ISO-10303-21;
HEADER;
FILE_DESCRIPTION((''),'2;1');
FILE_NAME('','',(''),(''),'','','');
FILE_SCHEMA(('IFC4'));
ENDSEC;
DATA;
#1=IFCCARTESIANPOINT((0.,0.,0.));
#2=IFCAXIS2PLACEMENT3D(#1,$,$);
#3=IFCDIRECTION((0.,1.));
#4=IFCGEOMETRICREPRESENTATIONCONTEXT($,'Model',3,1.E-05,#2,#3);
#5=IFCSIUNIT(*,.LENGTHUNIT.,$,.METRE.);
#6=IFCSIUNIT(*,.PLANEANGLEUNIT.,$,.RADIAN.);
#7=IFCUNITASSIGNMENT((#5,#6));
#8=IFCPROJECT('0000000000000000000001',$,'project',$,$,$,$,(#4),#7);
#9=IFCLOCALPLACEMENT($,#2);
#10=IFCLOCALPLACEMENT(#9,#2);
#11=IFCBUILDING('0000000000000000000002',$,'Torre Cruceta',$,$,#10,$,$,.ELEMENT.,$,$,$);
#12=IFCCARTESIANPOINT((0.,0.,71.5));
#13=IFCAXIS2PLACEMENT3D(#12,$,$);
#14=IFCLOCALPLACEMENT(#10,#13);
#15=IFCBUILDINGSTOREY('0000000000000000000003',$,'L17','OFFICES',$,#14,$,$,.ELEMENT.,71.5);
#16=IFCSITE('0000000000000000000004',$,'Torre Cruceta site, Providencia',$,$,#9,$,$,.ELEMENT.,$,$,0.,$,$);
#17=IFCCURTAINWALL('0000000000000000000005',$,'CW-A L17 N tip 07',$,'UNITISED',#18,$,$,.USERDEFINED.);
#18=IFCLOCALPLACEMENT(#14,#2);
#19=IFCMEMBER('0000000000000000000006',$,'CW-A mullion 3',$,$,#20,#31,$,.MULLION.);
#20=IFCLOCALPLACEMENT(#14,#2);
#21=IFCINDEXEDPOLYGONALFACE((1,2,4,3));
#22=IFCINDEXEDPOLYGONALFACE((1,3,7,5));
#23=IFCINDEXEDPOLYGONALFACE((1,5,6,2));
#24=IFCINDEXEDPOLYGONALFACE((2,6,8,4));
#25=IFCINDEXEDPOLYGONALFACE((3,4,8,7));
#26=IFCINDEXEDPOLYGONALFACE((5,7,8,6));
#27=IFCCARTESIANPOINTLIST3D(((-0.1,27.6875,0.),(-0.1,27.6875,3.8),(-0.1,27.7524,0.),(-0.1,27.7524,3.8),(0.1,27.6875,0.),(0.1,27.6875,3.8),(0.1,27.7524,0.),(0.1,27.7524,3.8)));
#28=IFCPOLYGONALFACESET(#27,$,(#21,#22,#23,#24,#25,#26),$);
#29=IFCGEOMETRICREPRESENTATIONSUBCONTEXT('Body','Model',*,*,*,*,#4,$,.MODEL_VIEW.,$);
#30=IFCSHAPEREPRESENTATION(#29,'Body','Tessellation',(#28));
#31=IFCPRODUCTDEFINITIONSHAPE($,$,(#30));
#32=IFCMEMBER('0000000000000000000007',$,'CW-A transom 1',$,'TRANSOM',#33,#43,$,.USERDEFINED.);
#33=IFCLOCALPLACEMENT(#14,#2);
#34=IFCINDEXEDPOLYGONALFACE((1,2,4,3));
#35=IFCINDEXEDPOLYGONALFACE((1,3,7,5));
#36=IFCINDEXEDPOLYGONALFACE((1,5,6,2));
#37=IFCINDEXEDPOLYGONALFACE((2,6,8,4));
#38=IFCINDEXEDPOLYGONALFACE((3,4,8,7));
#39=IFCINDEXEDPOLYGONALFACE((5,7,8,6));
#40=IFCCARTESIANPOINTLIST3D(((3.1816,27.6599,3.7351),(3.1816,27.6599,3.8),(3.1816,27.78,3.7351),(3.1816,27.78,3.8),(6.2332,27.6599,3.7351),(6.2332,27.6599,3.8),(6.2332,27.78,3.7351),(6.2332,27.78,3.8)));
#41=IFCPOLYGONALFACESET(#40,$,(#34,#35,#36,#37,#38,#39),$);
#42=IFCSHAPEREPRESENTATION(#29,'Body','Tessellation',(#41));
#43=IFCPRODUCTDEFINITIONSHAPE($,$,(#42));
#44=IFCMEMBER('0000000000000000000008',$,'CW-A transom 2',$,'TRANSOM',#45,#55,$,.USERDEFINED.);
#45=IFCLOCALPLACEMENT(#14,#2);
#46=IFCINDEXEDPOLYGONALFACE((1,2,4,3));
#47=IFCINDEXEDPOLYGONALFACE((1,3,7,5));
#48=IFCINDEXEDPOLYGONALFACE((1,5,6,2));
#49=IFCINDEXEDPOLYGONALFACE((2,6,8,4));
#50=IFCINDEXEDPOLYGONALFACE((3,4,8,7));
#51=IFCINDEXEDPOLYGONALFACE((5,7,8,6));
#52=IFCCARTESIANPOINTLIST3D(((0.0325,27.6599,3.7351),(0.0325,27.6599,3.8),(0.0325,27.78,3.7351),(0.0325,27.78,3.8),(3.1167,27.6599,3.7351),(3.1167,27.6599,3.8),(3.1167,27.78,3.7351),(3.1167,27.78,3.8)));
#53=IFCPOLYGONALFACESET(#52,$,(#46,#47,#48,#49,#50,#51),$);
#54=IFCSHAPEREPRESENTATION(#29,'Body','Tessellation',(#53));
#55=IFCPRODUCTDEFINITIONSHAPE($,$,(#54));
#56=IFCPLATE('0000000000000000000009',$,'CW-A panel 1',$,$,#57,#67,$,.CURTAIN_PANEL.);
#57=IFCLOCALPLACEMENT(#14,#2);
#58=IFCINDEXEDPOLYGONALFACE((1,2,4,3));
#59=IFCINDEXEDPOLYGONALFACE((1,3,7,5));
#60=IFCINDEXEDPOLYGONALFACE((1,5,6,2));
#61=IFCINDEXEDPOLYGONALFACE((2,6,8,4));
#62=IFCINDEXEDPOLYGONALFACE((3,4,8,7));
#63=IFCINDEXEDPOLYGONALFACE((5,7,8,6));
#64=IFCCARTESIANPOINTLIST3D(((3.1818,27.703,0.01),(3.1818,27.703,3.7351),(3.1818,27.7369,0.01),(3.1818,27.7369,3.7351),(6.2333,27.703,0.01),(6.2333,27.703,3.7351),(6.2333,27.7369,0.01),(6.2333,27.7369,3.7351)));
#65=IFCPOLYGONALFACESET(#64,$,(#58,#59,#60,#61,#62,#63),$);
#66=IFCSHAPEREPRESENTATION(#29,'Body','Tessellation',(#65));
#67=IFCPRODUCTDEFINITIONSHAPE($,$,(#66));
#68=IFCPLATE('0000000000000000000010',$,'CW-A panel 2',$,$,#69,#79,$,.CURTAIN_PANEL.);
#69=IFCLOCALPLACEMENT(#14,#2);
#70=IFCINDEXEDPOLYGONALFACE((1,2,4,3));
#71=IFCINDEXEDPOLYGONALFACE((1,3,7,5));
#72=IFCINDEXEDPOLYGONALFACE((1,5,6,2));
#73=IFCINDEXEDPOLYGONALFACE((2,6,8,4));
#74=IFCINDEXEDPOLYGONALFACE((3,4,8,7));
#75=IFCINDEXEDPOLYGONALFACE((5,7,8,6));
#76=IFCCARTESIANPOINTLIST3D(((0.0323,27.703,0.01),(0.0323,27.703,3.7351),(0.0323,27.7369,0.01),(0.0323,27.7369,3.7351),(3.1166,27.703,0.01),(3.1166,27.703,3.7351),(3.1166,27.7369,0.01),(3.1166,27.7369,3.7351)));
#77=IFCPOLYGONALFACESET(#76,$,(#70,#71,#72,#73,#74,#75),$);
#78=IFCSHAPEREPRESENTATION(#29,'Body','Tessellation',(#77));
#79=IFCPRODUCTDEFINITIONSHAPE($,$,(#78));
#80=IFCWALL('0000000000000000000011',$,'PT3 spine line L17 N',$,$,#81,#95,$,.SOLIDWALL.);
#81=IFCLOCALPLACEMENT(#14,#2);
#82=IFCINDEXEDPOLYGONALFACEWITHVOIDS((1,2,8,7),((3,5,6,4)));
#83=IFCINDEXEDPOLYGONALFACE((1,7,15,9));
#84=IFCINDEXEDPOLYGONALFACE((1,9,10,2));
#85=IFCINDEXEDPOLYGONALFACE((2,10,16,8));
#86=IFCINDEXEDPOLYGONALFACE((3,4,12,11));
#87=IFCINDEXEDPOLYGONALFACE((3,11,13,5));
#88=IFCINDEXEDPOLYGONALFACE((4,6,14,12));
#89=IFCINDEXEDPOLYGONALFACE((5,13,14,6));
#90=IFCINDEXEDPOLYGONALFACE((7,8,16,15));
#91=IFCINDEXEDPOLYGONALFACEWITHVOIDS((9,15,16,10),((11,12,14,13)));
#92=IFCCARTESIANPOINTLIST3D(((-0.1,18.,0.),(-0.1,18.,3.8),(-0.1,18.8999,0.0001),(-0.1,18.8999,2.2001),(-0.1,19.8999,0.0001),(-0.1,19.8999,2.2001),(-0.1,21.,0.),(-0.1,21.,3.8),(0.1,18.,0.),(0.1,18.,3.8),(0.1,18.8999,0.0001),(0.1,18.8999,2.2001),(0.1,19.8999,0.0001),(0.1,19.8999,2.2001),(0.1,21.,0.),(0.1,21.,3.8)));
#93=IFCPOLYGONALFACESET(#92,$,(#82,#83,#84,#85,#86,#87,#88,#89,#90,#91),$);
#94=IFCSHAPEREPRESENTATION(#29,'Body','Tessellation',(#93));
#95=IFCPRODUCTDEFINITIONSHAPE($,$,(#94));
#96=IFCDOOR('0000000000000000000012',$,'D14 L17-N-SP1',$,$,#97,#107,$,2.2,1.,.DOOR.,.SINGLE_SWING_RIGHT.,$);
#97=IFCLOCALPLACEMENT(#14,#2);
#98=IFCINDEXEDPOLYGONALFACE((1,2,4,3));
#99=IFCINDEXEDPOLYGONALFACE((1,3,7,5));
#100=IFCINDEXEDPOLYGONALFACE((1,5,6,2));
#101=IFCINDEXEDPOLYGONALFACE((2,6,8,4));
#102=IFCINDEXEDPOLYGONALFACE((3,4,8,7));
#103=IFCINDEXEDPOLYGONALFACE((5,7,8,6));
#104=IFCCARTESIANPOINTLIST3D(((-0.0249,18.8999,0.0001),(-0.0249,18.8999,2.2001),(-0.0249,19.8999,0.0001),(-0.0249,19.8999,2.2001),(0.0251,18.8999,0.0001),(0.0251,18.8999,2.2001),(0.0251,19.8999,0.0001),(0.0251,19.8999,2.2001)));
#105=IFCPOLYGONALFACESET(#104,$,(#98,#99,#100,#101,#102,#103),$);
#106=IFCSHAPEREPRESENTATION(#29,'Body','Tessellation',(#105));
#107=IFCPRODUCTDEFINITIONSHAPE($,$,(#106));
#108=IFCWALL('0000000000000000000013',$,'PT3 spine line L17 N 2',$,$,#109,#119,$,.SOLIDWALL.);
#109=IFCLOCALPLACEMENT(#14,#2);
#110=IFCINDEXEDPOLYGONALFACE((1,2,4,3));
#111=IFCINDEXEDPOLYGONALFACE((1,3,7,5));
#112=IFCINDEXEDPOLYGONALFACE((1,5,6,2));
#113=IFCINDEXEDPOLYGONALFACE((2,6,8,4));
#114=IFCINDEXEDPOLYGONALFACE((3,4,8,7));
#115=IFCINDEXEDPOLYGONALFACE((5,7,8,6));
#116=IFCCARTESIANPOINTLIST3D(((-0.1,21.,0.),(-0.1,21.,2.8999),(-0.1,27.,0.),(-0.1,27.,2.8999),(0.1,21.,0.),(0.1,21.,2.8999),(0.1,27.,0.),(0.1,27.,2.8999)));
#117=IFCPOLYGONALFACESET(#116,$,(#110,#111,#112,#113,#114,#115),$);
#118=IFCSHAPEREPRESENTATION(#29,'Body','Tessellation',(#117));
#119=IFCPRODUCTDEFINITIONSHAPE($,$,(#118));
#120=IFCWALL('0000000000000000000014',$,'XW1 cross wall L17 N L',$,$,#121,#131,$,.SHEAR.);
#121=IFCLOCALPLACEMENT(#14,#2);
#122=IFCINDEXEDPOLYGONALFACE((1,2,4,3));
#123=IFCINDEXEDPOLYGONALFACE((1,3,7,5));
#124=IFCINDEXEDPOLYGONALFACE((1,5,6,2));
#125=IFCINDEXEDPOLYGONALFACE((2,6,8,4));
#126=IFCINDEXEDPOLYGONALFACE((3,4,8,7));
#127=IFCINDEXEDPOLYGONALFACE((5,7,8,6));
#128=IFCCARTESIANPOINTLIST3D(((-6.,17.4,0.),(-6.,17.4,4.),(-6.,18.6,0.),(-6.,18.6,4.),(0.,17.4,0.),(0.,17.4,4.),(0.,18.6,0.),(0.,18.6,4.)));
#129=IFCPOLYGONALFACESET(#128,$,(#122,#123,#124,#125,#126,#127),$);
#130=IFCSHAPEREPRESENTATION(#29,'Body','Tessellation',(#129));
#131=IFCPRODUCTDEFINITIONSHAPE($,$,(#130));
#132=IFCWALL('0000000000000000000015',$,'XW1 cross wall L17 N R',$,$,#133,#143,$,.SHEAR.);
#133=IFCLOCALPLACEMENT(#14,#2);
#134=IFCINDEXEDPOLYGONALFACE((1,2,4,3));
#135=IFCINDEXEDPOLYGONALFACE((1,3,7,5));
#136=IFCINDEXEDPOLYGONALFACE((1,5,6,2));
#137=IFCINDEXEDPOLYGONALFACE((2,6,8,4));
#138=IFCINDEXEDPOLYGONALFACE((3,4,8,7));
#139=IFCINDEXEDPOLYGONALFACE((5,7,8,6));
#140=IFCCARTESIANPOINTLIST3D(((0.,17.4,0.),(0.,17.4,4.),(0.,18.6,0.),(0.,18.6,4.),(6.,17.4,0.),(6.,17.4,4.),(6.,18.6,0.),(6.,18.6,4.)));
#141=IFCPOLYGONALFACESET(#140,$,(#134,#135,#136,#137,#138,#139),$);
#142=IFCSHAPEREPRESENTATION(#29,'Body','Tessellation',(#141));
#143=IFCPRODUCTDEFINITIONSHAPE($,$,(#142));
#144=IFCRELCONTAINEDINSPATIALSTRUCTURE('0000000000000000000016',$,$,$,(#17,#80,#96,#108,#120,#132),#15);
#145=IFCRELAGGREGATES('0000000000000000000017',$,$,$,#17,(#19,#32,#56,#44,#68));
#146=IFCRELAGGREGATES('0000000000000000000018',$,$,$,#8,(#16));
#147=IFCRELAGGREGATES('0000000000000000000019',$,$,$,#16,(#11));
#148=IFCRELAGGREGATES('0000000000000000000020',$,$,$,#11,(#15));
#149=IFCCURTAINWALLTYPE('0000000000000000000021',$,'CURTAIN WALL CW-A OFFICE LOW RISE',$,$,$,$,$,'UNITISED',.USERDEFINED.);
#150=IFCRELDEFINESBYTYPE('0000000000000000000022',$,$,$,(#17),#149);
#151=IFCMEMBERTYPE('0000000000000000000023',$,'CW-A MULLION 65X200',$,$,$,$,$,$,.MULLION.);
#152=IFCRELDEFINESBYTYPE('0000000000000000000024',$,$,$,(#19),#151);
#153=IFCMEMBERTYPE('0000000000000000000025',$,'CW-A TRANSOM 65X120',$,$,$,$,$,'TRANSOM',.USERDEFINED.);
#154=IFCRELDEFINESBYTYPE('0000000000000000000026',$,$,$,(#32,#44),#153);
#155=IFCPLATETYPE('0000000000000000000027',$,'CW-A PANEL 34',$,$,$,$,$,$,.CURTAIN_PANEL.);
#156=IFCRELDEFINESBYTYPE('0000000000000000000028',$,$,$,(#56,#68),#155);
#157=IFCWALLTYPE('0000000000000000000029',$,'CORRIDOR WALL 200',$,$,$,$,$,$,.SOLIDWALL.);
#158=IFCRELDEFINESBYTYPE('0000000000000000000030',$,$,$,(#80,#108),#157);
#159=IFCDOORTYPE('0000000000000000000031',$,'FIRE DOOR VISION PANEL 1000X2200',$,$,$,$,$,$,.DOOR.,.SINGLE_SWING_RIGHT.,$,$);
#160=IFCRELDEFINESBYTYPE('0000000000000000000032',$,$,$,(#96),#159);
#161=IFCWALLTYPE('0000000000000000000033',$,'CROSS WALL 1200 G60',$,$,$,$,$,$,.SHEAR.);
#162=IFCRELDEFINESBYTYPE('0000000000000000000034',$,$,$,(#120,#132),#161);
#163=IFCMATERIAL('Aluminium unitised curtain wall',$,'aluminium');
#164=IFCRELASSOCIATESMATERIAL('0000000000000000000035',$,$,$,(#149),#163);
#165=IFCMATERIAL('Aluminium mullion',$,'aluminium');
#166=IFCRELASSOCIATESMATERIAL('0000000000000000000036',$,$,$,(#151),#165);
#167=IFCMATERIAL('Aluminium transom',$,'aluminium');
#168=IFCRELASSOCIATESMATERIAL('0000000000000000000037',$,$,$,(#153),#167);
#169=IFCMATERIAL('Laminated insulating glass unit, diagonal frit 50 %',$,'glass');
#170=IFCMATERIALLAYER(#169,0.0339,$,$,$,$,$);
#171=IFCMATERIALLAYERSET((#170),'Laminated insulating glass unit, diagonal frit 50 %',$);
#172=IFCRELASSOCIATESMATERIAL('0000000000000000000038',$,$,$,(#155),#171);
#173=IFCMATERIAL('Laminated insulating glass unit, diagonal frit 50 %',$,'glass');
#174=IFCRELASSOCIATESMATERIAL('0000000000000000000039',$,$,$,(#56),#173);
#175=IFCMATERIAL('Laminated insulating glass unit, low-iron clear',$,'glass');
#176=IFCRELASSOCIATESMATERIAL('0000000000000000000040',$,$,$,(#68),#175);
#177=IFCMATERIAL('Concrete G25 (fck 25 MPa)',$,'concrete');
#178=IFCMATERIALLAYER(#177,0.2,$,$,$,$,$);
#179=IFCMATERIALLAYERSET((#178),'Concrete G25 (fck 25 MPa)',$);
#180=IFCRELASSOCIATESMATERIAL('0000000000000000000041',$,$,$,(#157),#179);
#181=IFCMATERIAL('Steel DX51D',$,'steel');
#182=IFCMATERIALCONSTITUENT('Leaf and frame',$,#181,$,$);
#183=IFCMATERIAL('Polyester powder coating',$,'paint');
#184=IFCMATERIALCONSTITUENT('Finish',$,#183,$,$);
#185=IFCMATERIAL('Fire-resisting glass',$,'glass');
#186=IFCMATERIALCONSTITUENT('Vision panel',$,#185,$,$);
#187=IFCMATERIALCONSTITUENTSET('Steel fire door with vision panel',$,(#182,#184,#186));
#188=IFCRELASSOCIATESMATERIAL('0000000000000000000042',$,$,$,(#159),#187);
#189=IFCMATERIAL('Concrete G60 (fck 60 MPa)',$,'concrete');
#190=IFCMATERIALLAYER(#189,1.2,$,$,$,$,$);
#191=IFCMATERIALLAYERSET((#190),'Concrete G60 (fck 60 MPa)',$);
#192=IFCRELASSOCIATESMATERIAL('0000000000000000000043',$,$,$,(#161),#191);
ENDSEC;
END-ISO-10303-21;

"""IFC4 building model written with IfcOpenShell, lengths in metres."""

from ifc_helpers import new_model, si_unit, direction, frame, frame_2d, origin, origin_2d, place, context, subcontext, project, spatial, rectangle, extrude, material, layer, layer_set, constituent, constituent_set, material_profile, profile_set, type_object, element, fill, aggregate, save


model = new_model("IFC4")

# Units and contexts
model_context = context("Model", 3, precision=1e-05, world=origin(), true_north=direction((0.0, 1.0)))
body_context = subcontext(model_context, "Body", "Model", "MODEL_VIEW")
ifc_project = project(units=[si_unit("LENGTHUNIT", "METRE"), si_unit("PLANEANGLEUNIT", "RADIAN")], contexts=[model_context])

# Site, building, storey
site_placement = place(None, origin())
site = spatial("IfcSite", under=ifc_project, at=site_placement, Name="Torre Cruceta site, Providencia", CompositionType="ELEMENT", RefElevation=0.0)
building_placement = place(site_placement, origin())
building = spatial("IfcBuilding", under=site, at=building_placement, Name="Torre Cruceta", CompositionType="ELEMENT")
storey_placement = place(building_placement, frame((0.0, 0.0, 71.5)))
storey = spatial("IfcBuildingStorey", under=building, at=storey_placement, Name="L17", Description="OFFICES", CompositionType="ELEMENT", Elevation=71.5)

# Curtain wall, members, plates
ifc_material_1 = material(Name="Aluminium unitised curtain wall", Category="aluminium")
curtain_wall_type = type_object("IfcCurtainWallType", Name="CURTAIN WALL CW-A OFFICE LOW RISE", ElementType="UNITISED", PredefinedType="USERDEFINED", material=ifc_material_1)
curtain_wall_placement = place(storey_placement, origin())
curtain_wall = element("IfcCurtainWall", 1, at=curtain_wall_placement, inside=storey, type_object=curtain_wall_type, Name="CW-A L17 N tip 07", ObjectType="UNITISED", PredefinedType="USERDEFINED")
ifc_material_2 = material(Name="Aluminium mullion", Category="aluminium")
ifc_material_profile_1 = material_profile(ifc_material_2, rectangle(XDim=0.0649, YDim=0.2, at=origin_2d()), Name="AL 65X200")
ifc_profile_set_1 = profile_set([ifc_material_profile_1], Name="Aluminium mullion")
member_type_1 = type_object("IfcMemberType", Name="CW-A MULLION 65X200", PredefinedType="MULLION", material=ifc_profile_set_1)
member_1_placement = place(storey_placement, frame((0.0, 27.72, 0.0), z_axis=(0.0, 0.0, 1.0), x_axis=(0.0, -1.0, 0.0)))
member_1 = element("IfcMember", 2, at=member_1_placement, type_object=member_type_1, Name="CW-A mullion 3", PredefinedType="MULLION", context=body_context, shape_type="SweptSolid", body=[
    extrude(rectangle(XDim=0.0649, YDim=0.2, at=origin_2d()), origin(), (0.0, 0.0, 1.0), 3.8),
])
ifc_material_3 = material(Name="Aluminium transom", Category="aluminium")
ifc_material_profile_2 = material_profile(ifc_material_3, rectangle(XDim=0.1201, YDim=0.0649, at=origin_2d()), Name="AL 120X65")
ifc_profile_set_2 = profile_set([ifc_material_profile_2], Name="Aluminium transom")
member_type_2 = type_object("IfcMemberType", Name="CW-A TRANSOM 65X120", ElementType="TRANSOM", PredefinedType="USERDEFINED", material=ifc_profile_set_2)
member_2_placement = place(storey_placement, frame((6.2332, 27.72, 3.7676), z_axis=(-1.0, 0.0, 0.0), x_axis=(0.0, -1.0, 0.0)))
member_2 = element("IfcMember", 3, at=member_2_placement, type_object=member_type_2, Name="CW-A transom 1", ObjectType="TRANSOM", PredefinedType="USERDEFINED", context=body_context, shape_type="SweptSolid", body=[
    extrude(rectangle(XDim=0.1201, YDim=0.0649, at=origin_2d()), origin(), (0.0, 0.0, 1.0), 3.0515),
])
member_3_placement = place(storey_placement, frame((3.1167, 27.72, 3.7676), z_axis=(-1.0, 0.0, 0.0), x_axis=(0.0, -1.0, 0.0)))
member_3 = element("IfcMember", 4, at=member_3_placement, type_object=member_type_2, Name="CW-A transom 2", ObjectType="TRANSOM", PredefinedType="USERDEFINED", context=body_context, shape_type="SweptSolid", body=[
    extrude(rectangle(XDim=0.1201, YDim=0.0649, at=origin_2d()), origin(), (0.0, 0.0, 1.0), 3.0842),
])
ifc_material_4 = material(Name="Laminated insulating glass unit, diagonal frit 50 %", Category="glass")
ifc_material_5 = material(Name="Laminated insulating glass unit, diagonal frit 50 %", Category="glass")
ifc_layer_1 = layer(ifc_material_5, 0.0339)
ifc_layer_set_1 = layer_set([ifc_layer_1], Name="Laminated insulating glass unit, diagonal frit 50 %")
plate_type = type_object("IfcPlateType", Name="CW-A PANEL 34", PredefinedType="CURTAIN_PANEL", material=ifc_layer_set_1)
plate_1_placement = place(storey_placement, frame((4.7075, 27.72, 0.01), z_axis=(0.0, 0.0, 1.0), x_axis=(-1.0, 0.0, 0.0)))
plate_1 = element("IfcPlate", 5, at=plate_1_placement, type_object=plate_type, material=ifc_material_4, Name="CW-A panel 1", PredefinedType="CURTAIN_PANEL", context=body_context, shape_type="SweptSolid", body=[
    extrude(rectangle(XDim=3.0515, YDim=0.0339, at=origin_2d()), origin(), (0.0, 0.0, 1.0), 3.7251),
])
ifc_material_6 = material(Name="Laminated insulating glass unit, low-iron clear", Category="glass")
plate_2_placement = place(storey_placement, frame((1.5745, 27.72, 0.01), z_axis=(0.0, 0.0, 1.0), x_axis=(-1.0, 0.0, 0.0)))
plate_2 = element("IfcPlate", 6, at=plate_2_placement, type_object=plate_type, material=ifc_material_6, Name="CW-A panel 2", PredefinedType="CURTAIN_PANEL", context=body_context, shape_type="SweptSolid", body=[
    extrude(rectangle(XDim=3.0842, YDim=0.0339, at=origin_2d()), origin(), (0.0, 0.0, 1.0), 3.7251),
])
aggregate(curtain_wall, [member_1, member_2, plate_1, member_3, plate_2])

# Wall, opening, door
ifc_material_7 = material(Name="Concrete G25 (fck 25 MPa)", Category="concrete")
ifc_layer_2 = layer(ifc_material_7, 0.2)
ifc_layer_set_2 = layer_set([ifc_layer_2], Name="Concrete G25 (fck 25 MPa)")
wall_type_1 = type_object("IfcWallType", Name="CORRIDOR WALL 200", PredefinedType="SOLIDWALL", material=ifc_layer_set_2)
wall_1_placement = place(storey_placement, frame((0.0, 18.0, 0.0), z_axis=(0.0, 0.0, 1.0), x_axis=(0.0, 1.0, 0.0)))
wall_1 = element("IfcWall", 7, at=wall_1_placement, inside=storey, type_object=wall_type_1, Name="PT3 spine line L17 N", PredefinedType="SOLIDWALL", context=body_context, shape_type="SweptSolid", body=[
    extrude(rectangle(XDim=3.0, YDim=0.2, at=frame_2d((1.5, 0.0))), origin(), (0.0, 0.0, 1.0), 3.8),
])
opening_1_placement = place(wall_1_placement, frame((0.8999, 0.0, 0.0)))
opening_1 = element("IfcOpeningElement", 8, at=opening_1_placement, cuts=wall_1, PredefinedType="OPENING", context=body_context, shape_type="SweptSolid", body=[
    extrude(rectangle(XDim=1.0, YDim=2.2, at=frame_2d((0.5, 1.1001))), frame((0.0, 0.1099, 0.0), z_axis=(0.0, -1.0, 0.0), x_axis=(1.0, 0.0, 0.0)), (0.0, 0.0, 1.0), 0.22),
])
ifc_material_8 = material(Name="Steel DX51D", Category="steel")
ifc_constituent_1 = constituent(ifc_material_8, Name="Leaf and frame")
ifc_material_9 = material(Name="Polyester powder coating", Category="paint")
ifc_constituent_2 = constituent(ifc_material_9, Name="Finish")
ifc_material_10 = material(Name="Fire-resisting glass", Category="glass")
ifc_constituent_3 = constituent(ifc_material_10, Name="Vision panel")
ifc_constituent_set_1 = constituent_set(constituents=[ifc_constituent_1, ifc_constituent_2, ifc_constituent_3], Name="Steel fire door with vision panel")
door_type_1 = type_object("IfcDoorType", Name="FIRE DOOR VISION PANEL 1000X2200", OperationType="SINGLE_SWING_RIGHT", PredefinedType="DOOR", material=ifc_constituent_set_1)
door_1_placement = place(opening_1_placement, frame((1.0, 0.0, 0.0), z_axis=(0.0, 0.0, 1.0), x_axis=(-1.0, 0.0, 0.0)))
door_1 = element("IfcDoor", 9, at=door_1_placement, inside=storey, type_object=door_type_1, Name="D14 L17-N-SP1", OperationType="SINGLE_SWING_RIGHT", OverallHeight=2.2, OverallWidth=1.0, PredefinedType="DOOR", context=body_context, shape_type="SweptSolid", body=[
    extrude(rectangle(XDim=1.0, YDim=2.2, at=frame_2d((0.5, 1.1001))), frame((0.0, 0.0251, 0.0), z_axis=(0.0, -1.0, 0.0), x_axis=(1.0, 0.0, 0.0)), (0.0, 0.0, 1.0), 0.05),
])
fill(opening_1, door_1)

# Walls
wall_2_placement = place(storey_placement, frame((0.0, 21.0, 0.0), z_axis=(0.0, 0.0, 1.0), x_axis=(0.0, 1.0, 0.0)))
element("IfcWall", 10, at=wall_2_placement, inside=storey, type_object=wall_type_1, Name="PT3 spine line L17 N 2", PredefinedType="SOLIDWALL", context=body_context, shape_type="SweptSolid", body=[
    extrude(rectangle(XDim=6.0, YDim=0.2, at=frame_2d((3.0, 0.0))), origin(), (0.0, 0.0, 1.0), 2.8999),
])
ifc_material_11 = material(Name="Concrete G60 (fck 60 MPa)", Category="concrete")
ifc_layer_3 = layer(ifc_material_11, 1.2)
ifc_layer_set_3 = layer_set([ifc_layer_3], Name="Concrete G60 (fck 60 MPa)")
wall_type_2 = type_object("IfcWallType", Name="CROSS WALL 1200 G60", PredefinedType="SHEAR", material=ifc_layer_set_3)
for number, where, z_axis, x_axis, name in (
    (11, (0.0, 18.0, 0.0), (0.0, 0.0, 1.0), (-1.0, 0.0, 0.0), "XW1 cross wall L17 N L"),
    (12, (0.0, 18.0, 0.0), (0.0, 0.0, 1.0), (1.0, 0.0, 0.0), "XW1 cross wall L17 N R"),
):
    element("IfcWall", number, at=place(storey_placement, frame(where, z_axis=z_axis, x_axis=x_axis)), inside=storey, type_object=wall_type_2, Name=name, PredefinedType="SHEAR", context=body_context, shape_type="SweptSolid", body=[
        extrude(rectangle(XDim=6.0, YDim=1.2, at=frame_2d((3.0, 0.0))), origin(), (0.0, 0.0, 1.0), 4.0),
    ])

save(model, "model.ifc")
